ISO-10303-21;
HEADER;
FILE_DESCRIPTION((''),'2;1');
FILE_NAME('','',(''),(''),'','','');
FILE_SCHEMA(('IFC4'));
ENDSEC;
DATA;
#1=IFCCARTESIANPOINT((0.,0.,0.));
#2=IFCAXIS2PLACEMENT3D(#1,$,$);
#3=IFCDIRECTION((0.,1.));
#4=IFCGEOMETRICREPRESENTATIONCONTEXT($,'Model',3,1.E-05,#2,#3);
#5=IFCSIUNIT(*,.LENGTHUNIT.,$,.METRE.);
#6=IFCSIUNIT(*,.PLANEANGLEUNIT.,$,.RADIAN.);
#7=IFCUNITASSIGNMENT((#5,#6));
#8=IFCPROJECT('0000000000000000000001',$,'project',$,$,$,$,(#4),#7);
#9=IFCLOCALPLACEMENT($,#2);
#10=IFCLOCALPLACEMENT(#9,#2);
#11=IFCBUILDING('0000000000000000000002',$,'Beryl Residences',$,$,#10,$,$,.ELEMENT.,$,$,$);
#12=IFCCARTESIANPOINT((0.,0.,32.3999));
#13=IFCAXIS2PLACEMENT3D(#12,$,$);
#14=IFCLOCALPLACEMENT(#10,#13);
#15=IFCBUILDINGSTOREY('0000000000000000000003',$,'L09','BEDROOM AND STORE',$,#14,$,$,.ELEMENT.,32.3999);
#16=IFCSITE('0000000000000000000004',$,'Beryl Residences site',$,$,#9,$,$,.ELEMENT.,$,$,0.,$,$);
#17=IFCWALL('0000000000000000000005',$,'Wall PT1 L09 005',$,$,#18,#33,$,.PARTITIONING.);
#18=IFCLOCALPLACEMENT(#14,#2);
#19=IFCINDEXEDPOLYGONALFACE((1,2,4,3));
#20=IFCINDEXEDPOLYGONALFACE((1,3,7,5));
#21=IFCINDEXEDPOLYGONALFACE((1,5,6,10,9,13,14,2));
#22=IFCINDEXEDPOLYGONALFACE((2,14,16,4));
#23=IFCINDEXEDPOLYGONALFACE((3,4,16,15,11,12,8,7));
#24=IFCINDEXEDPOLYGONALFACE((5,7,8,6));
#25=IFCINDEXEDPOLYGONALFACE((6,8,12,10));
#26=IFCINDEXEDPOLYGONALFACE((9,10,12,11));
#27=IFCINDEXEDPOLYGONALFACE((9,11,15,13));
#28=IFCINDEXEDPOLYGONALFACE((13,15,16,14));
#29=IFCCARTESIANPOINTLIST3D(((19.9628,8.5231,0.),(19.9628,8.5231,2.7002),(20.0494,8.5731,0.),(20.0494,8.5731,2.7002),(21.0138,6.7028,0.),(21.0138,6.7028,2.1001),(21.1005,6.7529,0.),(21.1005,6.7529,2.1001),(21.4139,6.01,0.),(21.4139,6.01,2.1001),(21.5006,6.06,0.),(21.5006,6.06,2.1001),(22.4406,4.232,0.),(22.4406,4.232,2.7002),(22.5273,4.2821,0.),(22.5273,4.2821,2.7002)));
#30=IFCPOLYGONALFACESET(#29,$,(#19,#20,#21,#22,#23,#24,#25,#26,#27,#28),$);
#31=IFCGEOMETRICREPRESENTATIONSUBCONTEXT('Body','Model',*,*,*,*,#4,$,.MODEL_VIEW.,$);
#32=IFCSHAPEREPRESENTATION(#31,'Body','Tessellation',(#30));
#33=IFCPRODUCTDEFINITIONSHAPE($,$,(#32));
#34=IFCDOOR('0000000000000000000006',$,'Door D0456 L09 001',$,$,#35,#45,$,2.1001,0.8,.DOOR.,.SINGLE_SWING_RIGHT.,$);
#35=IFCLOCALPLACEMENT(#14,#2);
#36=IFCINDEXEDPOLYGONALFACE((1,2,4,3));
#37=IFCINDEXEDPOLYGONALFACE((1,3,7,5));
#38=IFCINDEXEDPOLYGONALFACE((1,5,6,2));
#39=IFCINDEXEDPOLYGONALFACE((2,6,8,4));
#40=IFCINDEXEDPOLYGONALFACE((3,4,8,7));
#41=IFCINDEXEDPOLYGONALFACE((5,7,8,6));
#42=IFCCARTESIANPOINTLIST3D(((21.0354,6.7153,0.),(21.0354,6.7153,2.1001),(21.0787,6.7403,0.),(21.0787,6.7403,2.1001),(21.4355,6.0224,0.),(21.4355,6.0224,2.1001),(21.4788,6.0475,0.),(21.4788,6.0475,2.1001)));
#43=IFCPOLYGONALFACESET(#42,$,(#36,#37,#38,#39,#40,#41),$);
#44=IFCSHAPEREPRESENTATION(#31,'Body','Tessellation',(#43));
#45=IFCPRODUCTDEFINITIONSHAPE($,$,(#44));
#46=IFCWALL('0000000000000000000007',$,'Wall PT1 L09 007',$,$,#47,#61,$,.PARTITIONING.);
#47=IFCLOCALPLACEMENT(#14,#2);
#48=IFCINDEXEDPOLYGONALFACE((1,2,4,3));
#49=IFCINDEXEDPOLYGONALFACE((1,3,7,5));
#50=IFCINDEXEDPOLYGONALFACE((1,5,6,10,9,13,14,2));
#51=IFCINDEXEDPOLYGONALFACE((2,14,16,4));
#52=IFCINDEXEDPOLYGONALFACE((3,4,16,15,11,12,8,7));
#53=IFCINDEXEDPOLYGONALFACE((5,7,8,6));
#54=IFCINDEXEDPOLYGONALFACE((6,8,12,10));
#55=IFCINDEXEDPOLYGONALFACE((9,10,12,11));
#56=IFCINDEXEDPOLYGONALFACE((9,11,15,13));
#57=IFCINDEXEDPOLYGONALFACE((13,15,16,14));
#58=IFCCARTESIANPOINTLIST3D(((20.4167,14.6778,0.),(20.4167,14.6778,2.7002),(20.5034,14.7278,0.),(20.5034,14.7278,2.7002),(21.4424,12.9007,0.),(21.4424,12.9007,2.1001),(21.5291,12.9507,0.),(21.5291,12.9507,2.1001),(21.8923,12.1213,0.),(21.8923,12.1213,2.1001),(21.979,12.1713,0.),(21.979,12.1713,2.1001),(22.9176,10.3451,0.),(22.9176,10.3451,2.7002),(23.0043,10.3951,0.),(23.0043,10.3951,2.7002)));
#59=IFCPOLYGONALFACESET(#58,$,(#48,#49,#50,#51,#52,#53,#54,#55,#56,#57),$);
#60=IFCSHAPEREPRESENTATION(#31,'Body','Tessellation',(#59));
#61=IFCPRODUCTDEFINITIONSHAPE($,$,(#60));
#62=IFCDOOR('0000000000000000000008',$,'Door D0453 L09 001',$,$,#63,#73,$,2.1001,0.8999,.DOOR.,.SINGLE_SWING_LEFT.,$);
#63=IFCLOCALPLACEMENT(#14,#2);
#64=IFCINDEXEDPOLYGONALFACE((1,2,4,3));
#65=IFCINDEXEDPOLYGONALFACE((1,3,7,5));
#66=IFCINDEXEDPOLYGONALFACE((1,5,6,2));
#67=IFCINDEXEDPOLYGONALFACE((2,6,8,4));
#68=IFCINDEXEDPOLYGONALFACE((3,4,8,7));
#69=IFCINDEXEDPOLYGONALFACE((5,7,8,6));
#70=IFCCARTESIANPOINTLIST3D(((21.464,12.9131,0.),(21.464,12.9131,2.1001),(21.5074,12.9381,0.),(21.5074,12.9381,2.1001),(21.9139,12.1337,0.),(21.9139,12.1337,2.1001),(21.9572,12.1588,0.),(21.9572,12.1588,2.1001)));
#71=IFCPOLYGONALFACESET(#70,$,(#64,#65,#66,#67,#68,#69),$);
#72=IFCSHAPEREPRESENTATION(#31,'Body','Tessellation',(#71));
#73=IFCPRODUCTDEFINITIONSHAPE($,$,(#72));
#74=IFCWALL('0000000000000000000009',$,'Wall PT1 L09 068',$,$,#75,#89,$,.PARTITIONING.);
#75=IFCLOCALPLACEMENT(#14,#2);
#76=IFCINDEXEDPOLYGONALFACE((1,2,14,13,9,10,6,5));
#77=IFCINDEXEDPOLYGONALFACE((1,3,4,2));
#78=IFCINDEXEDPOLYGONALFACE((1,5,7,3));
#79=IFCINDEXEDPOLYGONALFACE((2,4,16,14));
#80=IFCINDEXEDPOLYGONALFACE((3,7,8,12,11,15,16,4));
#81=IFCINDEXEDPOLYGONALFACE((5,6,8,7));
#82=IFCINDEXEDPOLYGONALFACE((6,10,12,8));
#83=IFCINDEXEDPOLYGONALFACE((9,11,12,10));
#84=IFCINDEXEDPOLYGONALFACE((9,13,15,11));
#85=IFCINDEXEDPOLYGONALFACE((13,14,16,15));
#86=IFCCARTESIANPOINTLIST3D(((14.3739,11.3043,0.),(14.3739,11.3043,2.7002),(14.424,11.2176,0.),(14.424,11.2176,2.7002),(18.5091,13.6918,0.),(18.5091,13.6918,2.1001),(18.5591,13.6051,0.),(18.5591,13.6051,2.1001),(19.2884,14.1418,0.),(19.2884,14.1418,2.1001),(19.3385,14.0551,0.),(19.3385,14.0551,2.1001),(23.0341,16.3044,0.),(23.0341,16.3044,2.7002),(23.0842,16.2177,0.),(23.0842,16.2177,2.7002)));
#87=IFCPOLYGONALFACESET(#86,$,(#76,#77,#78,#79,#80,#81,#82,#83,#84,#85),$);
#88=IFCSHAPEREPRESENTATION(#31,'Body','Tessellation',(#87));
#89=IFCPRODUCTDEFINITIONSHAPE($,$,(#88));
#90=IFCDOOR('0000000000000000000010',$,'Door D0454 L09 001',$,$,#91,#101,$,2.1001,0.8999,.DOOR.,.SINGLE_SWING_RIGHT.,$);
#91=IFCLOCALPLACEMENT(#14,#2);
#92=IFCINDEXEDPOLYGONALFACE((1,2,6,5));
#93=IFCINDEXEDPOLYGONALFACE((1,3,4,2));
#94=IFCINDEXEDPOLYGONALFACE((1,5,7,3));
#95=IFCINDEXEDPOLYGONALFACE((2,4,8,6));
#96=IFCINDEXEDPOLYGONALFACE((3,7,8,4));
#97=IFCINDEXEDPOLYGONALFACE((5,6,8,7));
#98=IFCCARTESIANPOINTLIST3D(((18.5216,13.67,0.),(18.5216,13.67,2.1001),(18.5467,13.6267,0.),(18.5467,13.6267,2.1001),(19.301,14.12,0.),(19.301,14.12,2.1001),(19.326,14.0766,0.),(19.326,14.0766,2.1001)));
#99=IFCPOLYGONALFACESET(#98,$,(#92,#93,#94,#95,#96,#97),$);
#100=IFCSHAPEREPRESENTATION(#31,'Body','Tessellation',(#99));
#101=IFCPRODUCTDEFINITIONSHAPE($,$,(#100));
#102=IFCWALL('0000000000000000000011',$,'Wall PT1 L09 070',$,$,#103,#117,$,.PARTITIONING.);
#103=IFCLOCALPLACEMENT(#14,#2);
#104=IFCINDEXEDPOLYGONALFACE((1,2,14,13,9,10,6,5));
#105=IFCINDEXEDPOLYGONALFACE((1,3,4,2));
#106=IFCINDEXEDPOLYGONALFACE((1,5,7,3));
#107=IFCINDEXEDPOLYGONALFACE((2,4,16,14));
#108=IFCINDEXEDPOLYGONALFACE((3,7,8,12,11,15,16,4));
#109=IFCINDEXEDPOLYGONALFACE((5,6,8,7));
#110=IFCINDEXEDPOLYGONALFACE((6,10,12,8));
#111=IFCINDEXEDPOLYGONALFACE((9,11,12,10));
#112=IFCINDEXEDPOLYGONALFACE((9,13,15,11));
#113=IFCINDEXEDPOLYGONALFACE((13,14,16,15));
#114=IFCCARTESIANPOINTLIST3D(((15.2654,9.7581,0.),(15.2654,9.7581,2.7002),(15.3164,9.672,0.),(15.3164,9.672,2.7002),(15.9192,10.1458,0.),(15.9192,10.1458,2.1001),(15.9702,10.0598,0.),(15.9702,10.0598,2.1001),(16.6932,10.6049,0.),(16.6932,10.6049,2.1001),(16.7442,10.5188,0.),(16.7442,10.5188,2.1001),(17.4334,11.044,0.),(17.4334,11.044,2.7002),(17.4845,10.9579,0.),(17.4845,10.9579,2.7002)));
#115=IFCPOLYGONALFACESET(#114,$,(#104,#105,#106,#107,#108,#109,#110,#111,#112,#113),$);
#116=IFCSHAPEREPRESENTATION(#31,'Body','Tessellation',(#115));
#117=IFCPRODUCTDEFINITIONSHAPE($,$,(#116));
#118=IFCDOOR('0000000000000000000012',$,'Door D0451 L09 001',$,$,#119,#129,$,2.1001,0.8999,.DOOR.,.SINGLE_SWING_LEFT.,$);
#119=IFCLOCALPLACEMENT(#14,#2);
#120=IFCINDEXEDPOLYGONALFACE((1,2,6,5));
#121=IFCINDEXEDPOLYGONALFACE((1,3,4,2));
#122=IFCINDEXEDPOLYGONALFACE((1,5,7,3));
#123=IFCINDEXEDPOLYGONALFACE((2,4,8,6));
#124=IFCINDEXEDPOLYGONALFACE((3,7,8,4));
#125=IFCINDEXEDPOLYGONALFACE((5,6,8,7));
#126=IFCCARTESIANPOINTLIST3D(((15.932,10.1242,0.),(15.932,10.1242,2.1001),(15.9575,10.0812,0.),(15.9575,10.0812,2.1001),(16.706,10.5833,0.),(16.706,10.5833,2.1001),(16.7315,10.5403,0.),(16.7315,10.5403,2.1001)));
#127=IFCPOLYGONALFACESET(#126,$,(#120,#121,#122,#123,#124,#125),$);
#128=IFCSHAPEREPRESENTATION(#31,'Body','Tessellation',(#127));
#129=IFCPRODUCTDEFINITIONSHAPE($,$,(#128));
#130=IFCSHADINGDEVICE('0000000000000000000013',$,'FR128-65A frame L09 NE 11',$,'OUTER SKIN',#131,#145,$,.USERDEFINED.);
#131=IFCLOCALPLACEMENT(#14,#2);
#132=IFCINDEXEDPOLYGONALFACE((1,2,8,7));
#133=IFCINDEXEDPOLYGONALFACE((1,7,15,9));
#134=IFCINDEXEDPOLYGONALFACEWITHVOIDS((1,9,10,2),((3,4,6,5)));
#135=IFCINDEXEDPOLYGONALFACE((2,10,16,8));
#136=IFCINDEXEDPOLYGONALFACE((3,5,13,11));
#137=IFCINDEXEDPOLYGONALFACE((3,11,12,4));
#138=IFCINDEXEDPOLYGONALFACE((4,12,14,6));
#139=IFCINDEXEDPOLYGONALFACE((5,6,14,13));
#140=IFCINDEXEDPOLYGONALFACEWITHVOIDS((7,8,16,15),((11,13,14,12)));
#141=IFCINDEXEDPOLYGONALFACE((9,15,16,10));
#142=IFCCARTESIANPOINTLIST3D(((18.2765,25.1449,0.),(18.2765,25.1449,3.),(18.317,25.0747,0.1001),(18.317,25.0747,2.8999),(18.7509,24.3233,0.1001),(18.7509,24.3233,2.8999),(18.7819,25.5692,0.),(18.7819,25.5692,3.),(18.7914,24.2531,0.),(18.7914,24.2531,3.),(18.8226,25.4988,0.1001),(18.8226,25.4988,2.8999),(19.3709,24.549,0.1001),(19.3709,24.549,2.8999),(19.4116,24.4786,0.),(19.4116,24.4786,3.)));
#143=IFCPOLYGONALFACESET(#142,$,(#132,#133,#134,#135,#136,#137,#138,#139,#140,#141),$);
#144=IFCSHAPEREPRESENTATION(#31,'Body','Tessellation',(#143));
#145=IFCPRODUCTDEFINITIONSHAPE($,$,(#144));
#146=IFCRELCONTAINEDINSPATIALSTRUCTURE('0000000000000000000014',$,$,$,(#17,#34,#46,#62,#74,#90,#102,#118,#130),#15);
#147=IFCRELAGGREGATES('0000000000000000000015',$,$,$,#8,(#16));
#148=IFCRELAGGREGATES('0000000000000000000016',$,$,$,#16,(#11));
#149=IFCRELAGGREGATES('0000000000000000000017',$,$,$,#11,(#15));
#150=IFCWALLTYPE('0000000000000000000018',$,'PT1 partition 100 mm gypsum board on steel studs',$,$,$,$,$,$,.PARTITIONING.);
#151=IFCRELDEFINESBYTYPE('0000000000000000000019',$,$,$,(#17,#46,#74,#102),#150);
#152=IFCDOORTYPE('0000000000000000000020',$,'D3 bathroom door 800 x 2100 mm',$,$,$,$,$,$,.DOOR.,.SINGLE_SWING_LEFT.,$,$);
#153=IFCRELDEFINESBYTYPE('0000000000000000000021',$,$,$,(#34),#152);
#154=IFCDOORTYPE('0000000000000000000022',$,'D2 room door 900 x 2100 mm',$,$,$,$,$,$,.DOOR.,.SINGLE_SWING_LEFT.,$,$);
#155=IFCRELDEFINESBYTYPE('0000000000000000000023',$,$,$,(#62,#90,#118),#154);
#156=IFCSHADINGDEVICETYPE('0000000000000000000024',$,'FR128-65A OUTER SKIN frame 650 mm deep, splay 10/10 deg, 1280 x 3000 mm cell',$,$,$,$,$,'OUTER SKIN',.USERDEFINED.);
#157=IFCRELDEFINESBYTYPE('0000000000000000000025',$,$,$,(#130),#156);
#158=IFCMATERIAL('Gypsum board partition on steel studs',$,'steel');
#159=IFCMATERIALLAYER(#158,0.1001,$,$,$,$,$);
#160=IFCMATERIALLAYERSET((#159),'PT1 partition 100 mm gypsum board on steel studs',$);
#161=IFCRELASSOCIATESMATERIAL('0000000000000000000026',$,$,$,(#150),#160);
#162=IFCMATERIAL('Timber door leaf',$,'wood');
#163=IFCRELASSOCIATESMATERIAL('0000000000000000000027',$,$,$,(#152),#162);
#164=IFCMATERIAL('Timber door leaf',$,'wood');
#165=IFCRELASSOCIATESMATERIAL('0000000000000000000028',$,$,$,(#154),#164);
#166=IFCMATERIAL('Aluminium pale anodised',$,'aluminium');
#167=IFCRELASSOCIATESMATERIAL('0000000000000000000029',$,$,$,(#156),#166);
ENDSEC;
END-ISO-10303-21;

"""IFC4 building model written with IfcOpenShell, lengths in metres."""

from ifc_helpers import new_model, entity, si_unit, direction, frame, frame_2d, origin, place, context, subcontext, project, spatial, rectangle, extrude, source, transform, mapped, material, layer, layer_set, type_object, type_shapes, element, fill, save


model = new_model("IFC4")

# Units and contexts
model_context = context("Model", 3, precision=1e-05, world=origin(), true_north=direction((0.0, 1.0)))
body_context = subcontext(model_context, "Body", "Model", "MODEL_VIEW")
ifc_project = project(units=[si_unit("LENGTHUNIT", "METRE"), si_unit("PLANEANGLEUNIT", "RADIAN")], contexts=[model_context])

# Site, building, storey
site_placement = place(None, origin())
site = spatial("IfcSite", under=ifc_project, at=site_placement, Name="Beryl Residences site", CompositionType="ELEMENT", RefElevation=0.0)
building_placement = place(site_placement, origin())
building = spatial("IfcBuilding", under=site, at=building_placement, Name="Beryl Residences", CompositionType="ELEMENT")
storey_placement = place(building_placement, frame((0.0, 0.0, 32.3999)))
storey = spatial("IfcBuildingStorey", under=building, at=storey_placement, Name="L09", Description="BEDROOM AND STORE", CompositionType="ELEMENT", Elevation=32.3999)

# Shared definitions
ifc_material_1 = material(Name="Gypsum board partition on steel studs", Category="steel")
ifc_layer_1 = layer(ifc_material_1, 0.1001)
ifc_layer_set_1 = layer_set([ifc_layer_1], Name="PT1 partition 100 mm gypsum board on steel studs")
wall_type_1 = type_object("IfcWallType", Name="PT1 partition 100 mm gypsum board on steel studs", PredefinedType="PARTITIONING", material=ifc_layer_set_1)

# Walls, openings, doors
ifc_material_2 = material(Name="Timber door leaf", Category="wood")
door_type_1 = type_object("IfcDoorType", Name="D3 bathroom door 800 x 2100 mm", OperationType="SINGLE_SWING_LEFT", PredefinedType="DOOR", material=ifc_material_2)
wall_1_placement = place(storey_placement, frame((20.0061, 8.5481, 0.0), z_axis=(0.0, 0.0, 1.0), x_axis=(0.500055, -0.865994, 0.0)))
wall_1 = element("IfcWall", 1, at=wall_1_placement, inside=storey, type_object=wall_type_1, Name="Wall PT1 L09 005", PredefinedType="PARTITIONING", context=body_context, shape_type="SweptSolid", body=[
    extrude(rectangle(XDim=4.9551, YDim=0.1001, at=frame_2d((2.4775, 0.0))), origin(), (0.0, 0.0, 1.0), 2.7002),
])
opening_1_placement = place(wall_1_placement, frame((2.1021, 0.0, 0.0)))
opening_1 = element("IfcOpeningElement", 2, at=opening_1_placement, cuts=wall_1, PredefinedType="OPENING", context=body_context, shape_type="SweptSolid", body=[
    extrude(rectangle(XDim=0.8, YDim=2.1001, at=frame_2d((0.3999, 1.05))), frame((0.0, 0.0601, 0.0), z_axis=(0.0, -1.0, 0.0), x_axis=(1.0, 0.0, 0.0)), (0.0, 0.0, 1.0), 0.1201),
])
door_1_placement = place(opening_1_placement, origin())
door_1 = element("IfcDoor", 3, at=door_1_placement, inside=storey, type_object=door_type_1, Name="Door D0456 L09 001", OperationType="SINGLE_SWING_RIGHT", OverallHeight=2.1001, OverallWidth=0.8, PredefinedType="DOOR", context=body_context, shape_type="SweptSolid", body=[
    extrude(rectangle(XDim=0.8, YDim=2.1001, at=frame_2d((0.3999, 1.05))), frame((0.0, 0.0249, 0.0), z_axis=(0.0, -1.0, 0.0), x_axis=(1.0, 0.0, 0.0)), (0.0, 0.0, 1.0), 0.05),
])
fill(opening_1, door_1)
wall_2_placement = place(storey_placement, frame((20.46, 14.7029, 0.0), z_axis=(0.0, 0.0, 1.0), x_axis=(0.499918, -0.866073, 0.0)))
wall_2 = element("IfcWall", 4, at=wall_2_placement, inside=storey, type_object=wall_type_1, Name="Wall PT1 L09 007", PredefinedType="PARTITIONING", context=body_context, shape_type="SweptSolid", body=[
    extrude(rectangle(XDim=5.0027, YDim=0.1001, at=frame_2d((2.5015, 0.0))), origin(), (0.0, 0.0, 1.0), 2.7002),
])
opening_2_placement = place(wall_2_placement, frame((2.052, 0.0, 0.0)))
opening_2 = element("IfcOpeningElement", 5, at=opening_2_placement, cuts=wall_2, PredefinedType="OPENING", context=body_context, shape_type="SweptSolid", body=[
    extrude(rectangle(XDim=0.8999, YDim=2.1001, at=frame_2d((0.45, 1.05))), frame((0.0, 0.0601, 0.0), z_axis=(0.0, -1.0, 0.0), x_axis=(1.0, 0.0, 0.0)), (0.0, 0.0, 1.0), 0.1201),
])
ifc_material_3 = material(Name="Timber door leaf", Category="wood")
door_type_2 = type_object("IfcDoorType", Name="D2 room door 900 x 2100 mm", OperationType="SINGLE_SWING_LEFT", PredefinedType="DOOR", material=ifc_material_3)
door_2_placement = place(opening_2_placement, origin())
door_2 = element("IfcDoor", 6, at=door_2_placement, inside=storey, type_object=door_type_2, Name="Door D0453 L09 001", OperationType="SINGLE_SWING_LEFT", OverallHeight=2.1001, OverallWidth=0.8999, PredefinedType="DOOR", context=body_context, shape_type="SweptSolid", body=[
    extrude(rectangle(XDim=0.8999, YDim=2.1001, at=frame_2d((0.45, 1.05))), frame((0.0, 0.0249, 0.0), z_axis=(0.0, -1.0, 0.0), x_axis=(1.0, 0.0, 0.0)), (0.0, 0.0, 1.0), 0.05),
])
fill(opening_2, door_2)
wall_3_placement = place(storey_placement, frame((14.3989, 11.261, 0.0), z_axis=(0.0, 0.0, 1.0), x_axis=(0.866023, 0.500004, 0.0)))
wall_3 = element("IfcWall", 7, at=wall_3_placement, inside=storey, type_object=wall_type_1, Name="Wall PT1 L09 068", PredefinedType="PARTITIONING", context=body_context, shape_type="SweptSolid", body=[
    extrude(rectangle(XDim=10.0, YDim=0.1001, at=frame_2d((5.0, 0.0))), origin(), (0.0, 0.0, 1.0), 2.7002),
])
opening_3_placement = place(wall_3_placement, frame((4.7749, 0.0, 0.0)))
opening_3 = element("IfcOpeningElement", 8, at=opening_3_placement, cuts=wall_3, PredefinedType="OPENING", context=body_context, shape_type="SweptSolid", body=[
    extrude(rectangle(XDim=0.8999, YDim=2.1001, at=frame_2d((0.45, 1.05))), frame((0.0, 0.0601, 0.0), z_axis=(0.0, -1.0, 0.0), x_axis=(1.0, 0.0, 0.0)), (0.0, 0.0, 1.0), 0.1201),
])
door_3_placement = place(opening_3_placement, origin())
door_3 = element("IfcDoor", 9, at=door_3_placement, inside=storey, type_object=door_type_2, Name="Door D0454 L09 001", OperationType="SINGLE_SWING_RIGHT", OverallHeight=2.1001, OverallWidth=0.8999, PredefinedType="DOOR", context=body_context, shape_type="SweptSolid", body=[
    extrude(rectangle(XDim=0.8999, YDim=2.1001, at=frame_2d((0.45, 1.05))), frame((0.0, 0.0249, 0.0), z_axis=(0.0, -1.0, 0.0), x_axis=(1.0, 0.0, 0.0)), (0.0, 0.0, 1.0), 0.05),
])
fill(opening_3, door_3)
wall_4_placement = place(storey_placement, frame((15.291, 9.7151, 0.0), z_axis=(0.0, 0.0, 1.0), x_axis=(0.860089, 0.510145, 0.0)))
wall_4 = element("IfcWall", 10, at=wall_4_placement, inside=storey, type_object=wall_type_1, Name="Wall PT1 L09 070", PredefinedType="PARTITIONING", context=body_context, shape_type="SweptSolid", body=[
    extrude(rectangle(XDim=2.5208, YDim=0.1001, at=frame_2d((1.2603, 0.0))), origin(), (0.0, 0.0, 1.0), 2.7002),
])
opening_4_placement = place(wall_4_placement, frame((0.76, 0.0, 0.0)))
opening_4 = element("IfcOpeningElement", 11, at=opening_4_placement, cuts=wall_4, PredefinedType="OPENING", context=body_context, shape_type="SweptSolid", body=[
    extrude(rectangle(XDim=0.8999, YDim=2.1001, at=frame_2d((0.45, 1.05))), frame((0.0, 0.0601, 0.0), z_axis=(0.0, -1.0, 0.0), x_axis=(1.0, 0.0, 0.0)), (0.0, 0.0, 1.0), 0.1201),
])
door_4_placement = place(opening_4_placement, origin())
door_4 = element("IfcDoor", 12, at=door_4_placement, inside=storey, type_object=door_type_2, Name="Door D0451 L09 001", OperationType="SINGLE_SWING_LEFT", OverallHeight=2.1001, OverallWidth=0.8999, PredefinedType="DOOR", context=body_context, shape_type="SweptSolid", body=[
    extrude(rectangle(XDim=0.8999, YDim=2.1001, at=frame_2d((0.45, 1.05))), frame((0.0, 0.0249, 0.0), z_axis=(0.0, -1.0, 0.0), x_axis=(1.0, 0.0, 0.0)), (0.0, 0.0, 1.0), 0.05),
])
fill(opening_4, door_4)

# Shading device
ifc_material_4 = material(Name="Aluminium pale anodised", Category="aluminium")
shading_device_type_1 = type_object("IfcShadingDeviceType", Name="FR128-65A OUTER SKIN frame 650 mm deep, splay 10/10 deg, 1280 x 3000 mm cell", ElementType="OUTER SKIN", PredefinedType="USERDEFINED", material=ifc_material_4)
cartesian_point_1 = entity("IfcCartesianPoint", [-0.5149, 0.0])
cartesian_point_2 = entity("IfcCartesianPoint", [-0.4338, 0.1001])
cartesian_point_3 = entity("IfcCartesianPoint", [-0.6296, 0.0])
cartesian_point_4 = entity("IfcCartesianPoint", [-0.5483, 0.1001])
shared_shape_1 = source(origin(), body_context, "Body", "SweptSolid", [
    entity("IfcExtrudedAreaSolidTapered", entity("IfcArbitraryProfileDefWithVoids", "AREA", None, entity("IfcPolyline", [cartesian_point_1, entity("IfcCartesianPoint", [0.5149, 0.0]), entity("IfcCartesianPoint", [0.5149, 3.0]), entity("IfcCartesianPoint", [-0.5149, 3.0]), cartesian_point_1]), [entity("IfcPolyline", [cartesian_point_2, entity("IfcCartesianPoint", [0.4338, 0.1001]), entity("IfcCartesianPoint", [0.4338, 2.8999]), entity("IfcCartesianPoint", [-0.4338, 2.8999]), cartesian_point_2])]), entity("IfcAxis2Placement3D", entity("IfcCartesianPoint", [0.0, 0.0, 0.0]), entity("IfcDirection", [0.0, 1.0, 0.0]), entity("IfcDirection", [-1.0, 0.0, 0.0])), entity("IfcDirection", [0.0, 0.0, 1.0]), 0.6499, entity("IfcArbitraryProfileDefWithVoids", "AREA", None, entity("IfcPolyline", [cartesian_point_3, entity("IfcCartesianPoint", [0.6296, 0.0]), entity("IfcCartesianPoint", [0.6296, 3.0]), entity("IfcCartesianPoint", [-0.6296, 3.0]), cartesian_point_3]), [entity("IfcPolyline", [cartesian_point_4, entity("IfcCartesianPoint", [0.5483, 0.1001]), entity("IfcCartesianPoint", [0.5483, 2.8999]), entity("IfcCartesianPoint", [-0.5483, 2.8999]), cartesian_point_4])])),
])
type_shapes(shading_device_type_1, [shared_shape_1])
shading_device_placement = place(storey_placement, frame((18.5339, 24.699, 0.0), z_axis=(0.0, 0.0, 1.0), x_axis=(0.5, -0.866025, 0.0)))
element("IfcShadingDevice", 13, at=shading_device_placement, inside=storey, type_object=shading_device_type_1, Name="FR128-65A frame L09 NE 11", ObjectType="OUTER SKIN", PredefinedType="USERDEFINED", context=body_context, shape_type="MappedRepresentation", body=[
    mapped(shared_shape_1, transform((0.0, 0.0, 0.0))),
])

save(model, "model.ifc")
